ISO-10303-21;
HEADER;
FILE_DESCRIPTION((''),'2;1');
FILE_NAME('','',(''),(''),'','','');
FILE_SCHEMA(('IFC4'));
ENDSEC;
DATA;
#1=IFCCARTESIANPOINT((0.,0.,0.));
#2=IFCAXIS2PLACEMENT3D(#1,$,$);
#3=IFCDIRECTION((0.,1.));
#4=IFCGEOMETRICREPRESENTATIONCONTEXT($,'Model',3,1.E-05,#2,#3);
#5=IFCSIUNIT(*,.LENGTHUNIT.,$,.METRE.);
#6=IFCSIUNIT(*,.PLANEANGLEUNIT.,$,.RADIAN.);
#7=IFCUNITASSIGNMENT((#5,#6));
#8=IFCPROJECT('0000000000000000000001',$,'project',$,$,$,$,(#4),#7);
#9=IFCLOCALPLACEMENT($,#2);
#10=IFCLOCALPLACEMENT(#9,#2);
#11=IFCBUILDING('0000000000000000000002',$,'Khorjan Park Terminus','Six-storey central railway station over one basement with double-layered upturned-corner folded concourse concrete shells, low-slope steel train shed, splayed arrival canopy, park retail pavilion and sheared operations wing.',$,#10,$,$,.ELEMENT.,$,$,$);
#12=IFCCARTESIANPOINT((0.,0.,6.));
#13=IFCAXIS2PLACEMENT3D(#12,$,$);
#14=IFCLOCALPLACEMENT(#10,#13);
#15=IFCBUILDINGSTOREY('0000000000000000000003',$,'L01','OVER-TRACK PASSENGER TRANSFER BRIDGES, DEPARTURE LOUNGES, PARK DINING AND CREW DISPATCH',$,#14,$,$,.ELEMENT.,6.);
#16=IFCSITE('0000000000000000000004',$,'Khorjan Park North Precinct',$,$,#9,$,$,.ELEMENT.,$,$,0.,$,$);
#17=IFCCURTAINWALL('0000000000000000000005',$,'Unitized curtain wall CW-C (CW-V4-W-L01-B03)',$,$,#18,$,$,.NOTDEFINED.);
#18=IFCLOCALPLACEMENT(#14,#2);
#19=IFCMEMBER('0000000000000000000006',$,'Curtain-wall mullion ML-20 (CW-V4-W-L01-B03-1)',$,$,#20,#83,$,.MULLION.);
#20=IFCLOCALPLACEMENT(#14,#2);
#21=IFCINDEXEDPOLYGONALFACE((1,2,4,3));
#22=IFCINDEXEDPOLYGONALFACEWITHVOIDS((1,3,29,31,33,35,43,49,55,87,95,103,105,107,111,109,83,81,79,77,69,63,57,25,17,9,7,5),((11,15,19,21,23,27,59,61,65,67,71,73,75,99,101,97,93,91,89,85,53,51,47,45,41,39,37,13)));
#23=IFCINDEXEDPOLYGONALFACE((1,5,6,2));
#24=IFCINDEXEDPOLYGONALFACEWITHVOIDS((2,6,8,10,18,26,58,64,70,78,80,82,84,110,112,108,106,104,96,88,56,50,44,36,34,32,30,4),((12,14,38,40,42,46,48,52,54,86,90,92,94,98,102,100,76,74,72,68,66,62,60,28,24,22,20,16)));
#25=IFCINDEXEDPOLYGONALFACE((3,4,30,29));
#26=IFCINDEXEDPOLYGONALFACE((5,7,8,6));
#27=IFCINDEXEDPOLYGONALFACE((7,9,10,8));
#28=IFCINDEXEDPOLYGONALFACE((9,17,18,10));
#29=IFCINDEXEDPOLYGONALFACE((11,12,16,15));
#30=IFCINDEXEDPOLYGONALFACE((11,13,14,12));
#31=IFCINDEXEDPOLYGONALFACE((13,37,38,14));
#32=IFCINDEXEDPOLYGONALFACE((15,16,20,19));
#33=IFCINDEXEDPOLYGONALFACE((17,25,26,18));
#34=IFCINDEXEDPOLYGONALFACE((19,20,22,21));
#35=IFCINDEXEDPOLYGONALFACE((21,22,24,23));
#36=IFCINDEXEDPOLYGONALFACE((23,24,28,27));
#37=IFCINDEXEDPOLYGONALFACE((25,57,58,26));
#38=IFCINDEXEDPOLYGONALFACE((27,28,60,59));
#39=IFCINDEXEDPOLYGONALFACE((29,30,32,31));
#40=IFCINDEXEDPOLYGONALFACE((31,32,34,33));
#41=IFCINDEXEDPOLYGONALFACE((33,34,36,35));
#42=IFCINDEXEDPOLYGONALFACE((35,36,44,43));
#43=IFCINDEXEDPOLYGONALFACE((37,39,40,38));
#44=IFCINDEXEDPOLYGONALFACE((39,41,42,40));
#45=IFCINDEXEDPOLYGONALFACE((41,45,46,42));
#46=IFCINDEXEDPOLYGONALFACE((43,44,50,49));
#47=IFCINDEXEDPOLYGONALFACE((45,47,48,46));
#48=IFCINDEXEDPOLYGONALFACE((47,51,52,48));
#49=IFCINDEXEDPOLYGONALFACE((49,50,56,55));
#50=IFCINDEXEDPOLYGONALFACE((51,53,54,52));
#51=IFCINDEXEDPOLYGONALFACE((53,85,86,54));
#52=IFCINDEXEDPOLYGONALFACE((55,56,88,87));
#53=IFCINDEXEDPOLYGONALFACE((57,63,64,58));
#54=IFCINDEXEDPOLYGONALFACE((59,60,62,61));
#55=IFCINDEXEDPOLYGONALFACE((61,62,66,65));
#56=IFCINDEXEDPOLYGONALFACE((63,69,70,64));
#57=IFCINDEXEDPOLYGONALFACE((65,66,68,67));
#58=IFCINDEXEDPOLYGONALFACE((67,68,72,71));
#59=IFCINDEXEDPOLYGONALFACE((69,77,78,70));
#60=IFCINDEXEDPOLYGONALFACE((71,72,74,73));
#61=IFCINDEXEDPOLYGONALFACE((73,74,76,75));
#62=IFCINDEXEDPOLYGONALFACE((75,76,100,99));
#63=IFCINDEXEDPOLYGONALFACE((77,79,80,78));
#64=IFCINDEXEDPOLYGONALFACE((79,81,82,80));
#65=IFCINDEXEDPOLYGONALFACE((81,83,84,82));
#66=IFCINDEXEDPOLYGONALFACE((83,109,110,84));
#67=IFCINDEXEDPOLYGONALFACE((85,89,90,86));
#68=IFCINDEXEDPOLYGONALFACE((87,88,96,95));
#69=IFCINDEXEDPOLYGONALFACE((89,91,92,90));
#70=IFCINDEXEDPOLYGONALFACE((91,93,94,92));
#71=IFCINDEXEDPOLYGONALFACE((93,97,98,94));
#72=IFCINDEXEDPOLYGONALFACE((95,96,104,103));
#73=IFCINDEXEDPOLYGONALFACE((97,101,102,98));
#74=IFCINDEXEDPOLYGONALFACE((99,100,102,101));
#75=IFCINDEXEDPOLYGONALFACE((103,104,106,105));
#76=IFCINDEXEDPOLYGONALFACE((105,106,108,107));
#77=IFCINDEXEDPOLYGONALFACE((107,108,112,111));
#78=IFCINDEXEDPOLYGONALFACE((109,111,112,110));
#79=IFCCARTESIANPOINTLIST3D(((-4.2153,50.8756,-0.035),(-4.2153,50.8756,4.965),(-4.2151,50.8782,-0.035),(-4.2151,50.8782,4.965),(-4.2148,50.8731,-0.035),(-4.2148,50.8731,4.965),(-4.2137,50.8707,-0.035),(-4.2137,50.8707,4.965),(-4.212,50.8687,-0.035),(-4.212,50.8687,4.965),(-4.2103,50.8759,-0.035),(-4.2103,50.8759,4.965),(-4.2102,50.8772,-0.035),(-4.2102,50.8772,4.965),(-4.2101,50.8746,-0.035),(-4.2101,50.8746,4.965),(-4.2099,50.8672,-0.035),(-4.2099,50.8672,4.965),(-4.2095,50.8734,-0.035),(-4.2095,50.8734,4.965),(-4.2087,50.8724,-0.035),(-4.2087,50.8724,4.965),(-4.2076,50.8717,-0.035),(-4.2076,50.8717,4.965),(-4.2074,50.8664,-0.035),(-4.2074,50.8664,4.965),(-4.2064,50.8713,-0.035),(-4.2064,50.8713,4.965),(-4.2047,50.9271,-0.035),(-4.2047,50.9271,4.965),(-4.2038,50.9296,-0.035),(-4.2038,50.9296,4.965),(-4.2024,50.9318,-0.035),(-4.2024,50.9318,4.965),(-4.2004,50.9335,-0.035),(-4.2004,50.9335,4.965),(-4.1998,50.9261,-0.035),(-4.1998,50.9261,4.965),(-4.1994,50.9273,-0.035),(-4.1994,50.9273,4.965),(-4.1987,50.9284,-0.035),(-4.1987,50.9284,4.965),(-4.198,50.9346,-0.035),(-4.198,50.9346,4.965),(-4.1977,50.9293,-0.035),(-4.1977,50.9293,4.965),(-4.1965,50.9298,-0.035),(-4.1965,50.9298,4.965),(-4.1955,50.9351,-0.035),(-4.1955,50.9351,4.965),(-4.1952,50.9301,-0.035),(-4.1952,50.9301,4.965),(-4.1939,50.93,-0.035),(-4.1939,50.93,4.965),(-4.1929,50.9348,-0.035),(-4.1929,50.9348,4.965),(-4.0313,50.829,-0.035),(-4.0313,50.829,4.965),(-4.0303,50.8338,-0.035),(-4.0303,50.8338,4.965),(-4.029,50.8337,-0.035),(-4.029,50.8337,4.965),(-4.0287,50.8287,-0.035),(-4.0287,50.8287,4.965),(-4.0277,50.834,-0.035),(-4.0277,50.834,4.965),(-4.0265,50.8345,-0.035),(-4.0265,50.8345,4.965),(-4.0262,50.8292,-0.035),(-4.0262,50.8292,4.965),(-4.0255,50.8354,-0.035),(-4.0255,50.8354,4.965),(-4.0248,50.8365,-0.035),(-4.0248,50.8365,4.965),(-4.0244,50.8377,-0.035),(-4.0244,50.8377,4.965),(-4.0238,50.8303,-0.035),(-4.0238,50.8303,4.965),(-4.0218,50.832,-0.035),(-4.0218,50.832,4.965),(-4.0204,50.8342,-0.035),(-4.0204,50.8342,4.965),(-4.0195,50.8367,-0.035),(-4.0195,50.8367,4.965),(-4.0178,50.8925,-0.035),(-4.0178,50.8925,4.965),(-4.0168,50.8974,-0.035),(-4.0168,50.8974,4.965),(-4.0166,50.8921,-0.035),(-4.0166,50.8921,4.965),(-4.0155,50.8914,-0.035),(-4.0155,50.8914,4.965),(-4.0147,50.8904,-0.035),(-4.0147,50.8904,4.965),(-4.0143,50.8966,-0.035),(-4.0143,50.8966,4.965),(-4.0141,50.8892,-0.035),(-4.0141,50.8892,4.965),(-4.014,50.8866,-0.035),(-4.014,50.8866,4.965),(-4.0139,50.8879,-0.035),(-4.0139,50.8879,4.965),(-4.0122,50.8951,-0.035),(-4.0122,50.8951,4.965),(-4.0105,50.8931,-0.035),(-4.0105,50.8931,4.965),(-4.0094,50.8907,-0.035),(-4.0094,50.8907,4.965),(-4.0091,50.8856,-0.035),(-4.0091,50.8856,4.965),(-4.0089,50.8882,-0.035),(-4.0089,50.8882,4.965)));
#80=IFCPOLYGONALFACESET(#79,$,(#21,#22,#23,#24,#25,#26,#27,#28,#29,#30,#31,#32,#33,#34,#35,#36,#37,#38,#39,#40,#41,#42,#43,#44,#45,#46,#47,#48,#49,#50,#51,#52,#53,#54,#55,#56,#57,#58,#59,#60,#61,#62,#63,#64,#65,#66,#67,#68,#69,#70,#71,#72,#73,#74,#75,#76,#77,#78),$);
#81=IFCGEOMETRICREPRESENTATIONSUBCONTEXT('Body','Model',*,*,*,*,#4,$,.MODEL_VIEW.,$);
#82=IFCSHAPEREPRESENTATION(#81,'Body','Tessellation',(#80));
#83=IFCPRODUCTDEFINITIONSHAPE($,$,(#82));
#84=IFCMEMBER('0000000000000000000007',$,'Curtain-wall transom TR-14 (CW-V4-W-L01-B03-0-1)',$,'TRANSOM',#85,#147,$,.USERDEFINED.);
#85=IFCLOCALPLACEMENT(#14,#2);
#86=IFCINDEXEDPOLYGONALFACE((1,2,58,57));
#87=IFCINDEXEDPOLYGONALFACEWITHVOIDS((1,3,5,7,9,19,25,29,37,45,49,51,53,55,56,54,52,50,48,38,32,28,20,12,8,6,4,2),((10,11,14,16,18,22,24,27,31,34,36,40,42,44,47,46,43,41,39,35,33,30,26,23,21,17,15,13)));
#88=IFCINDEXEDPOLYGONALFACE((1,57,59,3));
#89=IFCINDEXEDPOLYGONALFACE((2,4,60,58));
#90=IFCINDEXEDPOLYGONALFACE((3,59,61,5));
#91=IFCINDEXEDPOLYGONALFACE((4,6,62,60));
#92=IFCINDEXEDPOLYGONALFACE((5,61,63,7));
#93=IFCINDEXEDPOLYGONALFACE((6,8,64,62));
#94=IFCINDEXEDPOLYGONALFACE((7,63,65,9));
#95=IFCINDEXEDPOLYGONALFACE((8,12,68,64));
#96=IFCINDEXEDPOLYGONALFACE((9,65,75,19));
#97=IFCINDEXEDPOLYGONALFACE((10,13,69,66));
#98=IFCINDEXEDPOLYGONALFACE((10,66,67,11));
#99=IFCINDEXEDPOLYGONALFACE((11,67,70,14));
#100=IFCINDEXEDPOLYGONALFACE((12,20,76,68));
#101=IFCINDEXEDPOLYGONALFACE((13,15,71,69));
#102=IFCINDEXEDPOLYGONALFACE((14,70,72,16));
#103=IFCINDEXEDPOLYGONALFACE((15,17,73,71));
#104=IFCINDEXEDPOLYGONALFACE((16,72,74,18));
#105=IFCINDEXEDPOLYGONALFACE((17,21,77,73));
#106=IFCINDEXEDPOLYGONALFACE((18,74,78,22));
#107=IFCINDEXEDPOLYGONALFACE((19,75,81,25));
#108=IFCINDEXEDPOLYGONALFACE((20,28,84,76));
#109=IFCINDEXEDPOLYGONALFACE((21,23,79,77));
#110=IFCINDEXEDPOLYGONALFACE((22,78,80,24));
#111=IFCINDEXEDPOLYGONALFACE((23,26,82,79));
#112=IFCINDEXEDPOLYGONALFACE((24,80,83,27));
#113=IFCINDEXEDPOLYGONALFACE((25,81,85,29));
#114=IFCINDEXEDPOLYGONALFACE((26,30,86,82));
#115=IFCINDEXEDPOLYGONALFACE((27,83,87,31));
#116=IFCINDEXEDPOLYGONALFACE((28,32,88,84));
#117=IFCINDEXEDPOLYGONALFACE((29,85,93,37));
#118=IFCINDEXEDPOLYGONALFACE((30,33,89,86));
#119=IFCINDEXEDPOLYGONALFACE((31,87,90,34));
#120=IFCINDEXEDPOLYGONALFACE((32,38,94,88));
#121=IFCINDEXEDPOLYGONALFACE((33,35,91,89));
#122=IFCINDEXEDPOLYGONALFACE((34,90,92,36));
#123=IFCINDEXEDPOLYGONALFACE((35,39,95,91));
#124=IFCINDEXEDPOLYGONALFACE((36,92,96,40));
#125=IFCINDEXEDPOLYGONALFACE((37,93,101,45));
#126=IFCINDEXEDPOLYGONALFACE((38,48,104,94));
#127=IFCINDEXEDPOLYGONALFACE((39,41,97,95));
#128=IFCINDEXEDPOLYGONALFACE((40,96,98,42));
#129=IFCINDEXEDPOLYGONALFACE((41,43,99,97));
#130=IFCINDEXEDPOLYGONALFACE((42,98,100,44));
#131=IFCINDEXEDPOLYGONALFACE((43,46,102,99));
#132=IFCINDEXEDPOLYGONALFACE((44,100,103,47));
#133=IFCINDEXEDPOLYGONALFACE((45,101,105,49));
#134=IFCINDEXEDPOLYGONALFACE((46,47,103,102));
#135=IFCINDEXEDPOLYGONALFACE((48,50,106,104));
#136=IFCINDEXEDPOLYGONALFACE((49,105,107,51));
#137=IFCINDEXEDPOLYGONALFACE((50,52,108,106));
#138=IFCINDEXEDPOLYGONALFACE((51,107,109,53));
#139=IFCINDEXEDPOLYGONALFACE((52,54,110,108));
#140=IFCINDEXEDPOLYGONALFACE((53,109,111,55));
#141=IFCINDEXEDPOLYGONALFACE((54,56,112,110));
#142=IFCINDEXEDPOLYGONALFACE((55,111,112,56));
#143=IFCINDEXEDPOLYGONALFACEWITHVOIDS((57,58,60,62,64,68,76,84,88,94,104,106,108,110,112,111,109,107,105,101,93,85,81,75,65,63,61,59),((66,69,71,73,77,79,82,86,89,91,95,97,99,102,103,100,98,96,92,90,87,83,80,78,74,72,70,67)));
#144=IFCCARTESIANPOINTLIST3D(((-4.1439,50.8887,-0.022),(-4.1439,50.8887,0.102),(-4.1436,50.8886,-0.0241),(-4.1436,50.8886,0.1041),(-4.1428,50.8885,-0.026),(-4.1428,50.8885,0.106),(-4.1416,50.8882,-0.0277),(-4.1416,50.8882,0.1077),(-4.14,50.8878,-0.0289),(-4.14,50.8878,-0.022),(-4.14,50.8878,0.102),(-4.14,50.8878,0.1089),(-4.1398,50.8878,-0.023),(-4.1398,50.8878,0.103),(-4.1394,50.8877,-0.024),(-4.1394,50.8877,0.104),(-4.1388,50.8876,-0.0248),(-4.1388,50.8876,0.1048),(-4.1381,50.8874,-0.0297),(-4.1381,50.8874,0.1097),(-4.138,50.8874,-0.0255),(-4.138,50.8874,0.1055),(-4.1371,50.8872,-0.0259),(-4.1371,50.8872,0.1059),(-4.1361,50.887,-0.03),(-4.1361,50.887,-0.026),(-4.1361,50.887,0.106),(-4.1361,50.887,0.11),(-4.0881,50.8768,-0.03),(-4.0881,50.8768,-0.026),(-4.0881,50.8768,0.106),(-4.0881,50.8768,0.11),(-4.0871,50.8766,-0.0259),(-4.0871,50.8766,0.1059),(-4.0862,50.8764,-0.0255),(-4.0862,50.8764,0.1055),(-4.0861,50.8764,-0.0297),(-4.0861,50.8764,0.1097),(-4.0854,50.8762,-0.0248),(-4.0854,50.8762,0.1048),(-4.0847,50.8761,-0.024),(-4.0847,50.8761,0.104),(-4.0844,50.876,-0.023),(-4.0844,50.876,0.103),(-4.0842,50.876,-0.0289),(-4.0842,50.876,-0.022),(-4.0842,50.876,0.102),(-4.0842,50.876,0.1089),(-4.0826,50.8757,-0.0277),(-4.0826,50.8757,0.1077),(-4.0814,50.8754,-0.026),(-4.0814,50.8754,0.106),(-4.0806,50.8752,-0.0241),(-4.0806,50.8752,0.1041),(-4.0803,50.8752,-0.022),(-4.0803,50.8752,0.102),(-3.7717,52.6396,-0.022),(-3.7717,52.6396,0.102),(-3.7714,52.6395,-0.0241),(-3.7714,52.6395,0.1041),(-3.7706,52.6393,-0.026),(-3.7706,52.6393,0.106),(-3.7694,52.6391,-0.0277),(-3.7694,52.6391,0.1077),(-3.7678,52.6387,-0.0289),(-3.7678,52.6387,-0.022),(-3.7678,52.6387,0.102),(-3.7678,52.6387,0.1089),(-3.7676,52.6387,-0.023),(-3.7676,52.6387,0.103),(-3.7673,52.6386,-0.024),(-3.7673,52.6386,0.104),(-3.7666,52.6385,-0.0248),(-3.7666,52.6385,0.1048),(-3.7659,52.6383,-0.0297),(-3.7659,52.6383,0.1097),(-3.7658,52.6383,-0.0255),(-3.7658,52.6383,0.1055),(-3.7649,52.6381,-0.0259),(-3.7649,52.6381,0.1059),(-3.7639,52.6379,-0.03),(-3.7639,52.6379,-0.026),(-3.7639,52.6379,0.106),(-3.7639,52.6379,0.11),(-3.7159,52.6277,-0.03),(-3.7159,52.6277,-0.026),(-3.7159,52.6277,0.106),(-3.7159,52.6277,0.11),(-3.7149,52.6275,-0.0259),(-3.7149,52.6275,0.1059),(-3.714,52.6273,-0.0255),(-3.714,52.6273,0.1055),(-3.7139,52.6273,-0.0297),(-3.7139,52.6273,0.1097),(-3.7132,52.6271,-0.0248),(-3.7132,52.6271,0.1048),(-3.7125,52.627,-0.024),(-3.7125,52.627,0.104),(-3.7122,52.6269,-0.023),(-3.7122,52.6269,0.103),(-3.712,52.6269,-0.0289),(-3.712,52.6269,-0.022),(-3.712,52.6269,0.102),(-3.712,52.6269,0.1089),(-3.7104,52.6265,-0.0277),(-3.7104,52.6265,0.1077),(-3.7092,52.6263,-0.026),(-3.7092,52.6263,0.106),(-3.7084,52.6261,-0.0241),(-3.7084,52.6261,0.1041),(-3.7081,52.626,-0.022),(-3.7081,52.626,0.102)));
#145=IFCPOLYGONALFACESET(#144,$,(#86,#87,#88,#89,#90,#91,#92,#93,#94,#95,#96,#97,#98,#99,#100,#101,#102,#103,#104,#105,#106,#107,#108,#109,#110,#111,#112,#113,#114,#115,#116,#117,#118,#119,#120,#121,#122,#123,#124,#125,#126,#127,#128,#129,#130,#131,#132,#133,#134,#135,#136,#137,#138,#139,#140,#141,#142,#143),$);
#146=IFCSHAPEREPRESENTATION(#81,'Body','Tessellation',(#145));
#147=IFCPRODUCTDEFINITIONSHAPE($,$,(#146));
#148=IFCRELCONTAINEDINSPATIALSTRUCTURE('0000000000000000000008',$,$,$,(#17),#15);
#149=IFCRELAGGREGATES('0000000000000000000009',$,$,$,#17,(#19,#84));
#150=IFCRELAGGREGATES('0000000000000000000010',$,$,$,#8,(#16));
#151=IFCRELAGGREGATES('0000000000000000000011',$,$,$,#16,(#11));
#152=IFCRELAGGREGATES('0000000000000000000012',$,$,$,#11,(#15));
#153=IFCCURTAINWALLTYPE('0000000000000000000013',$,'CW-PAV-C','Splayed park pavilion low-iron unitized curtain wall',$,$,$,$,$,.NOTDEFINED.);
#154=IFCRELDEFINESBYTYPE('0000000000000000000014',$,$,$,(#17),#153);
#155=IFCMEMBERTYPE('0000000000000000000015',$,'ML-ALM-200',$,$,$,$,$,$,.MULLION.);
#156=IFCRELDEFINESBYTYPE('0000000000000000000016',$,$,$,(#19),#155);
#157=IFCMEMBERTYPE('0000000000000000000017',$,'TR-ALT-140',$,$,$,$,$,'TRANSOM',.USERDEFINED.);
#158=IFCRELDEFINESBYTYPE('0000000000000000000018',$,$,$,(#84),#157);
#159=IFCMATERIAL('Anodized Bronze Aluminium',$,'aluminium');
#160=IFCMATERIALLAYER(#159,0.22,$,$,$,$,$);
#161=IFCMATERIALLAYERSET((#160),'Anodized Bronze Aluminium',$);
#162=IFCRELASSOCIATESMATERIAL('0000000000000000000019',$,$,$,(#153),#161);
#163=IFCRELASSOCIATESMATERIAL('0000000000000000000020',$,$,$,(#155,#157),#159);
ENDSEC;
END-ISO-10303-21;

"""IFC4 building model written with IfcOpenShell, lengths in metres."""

from ifc_helpers import new_model, si_unit, direction, frame, origin, origin_2d, place, context, subcontext, project, spatial, hollow_rectangle, extrude, material, layer, layer_set, material_profile, profile_set, type_object, element, aggregate, save


model = new_model("IFC4")

# Units and contexts
model_context = context("Model", 3, precision=1e-05, world=origin(), true_north=direction((0.0, 1.0)))
body_context = subcontext(model_context, "Body", "Model", "MODEL_VIEW")
ifc_project = project(units=[si_unit("LENGTHUNIT", "METRE"), si_unit("PLANEANGLEUNIT", "RADIAN")], contexts=[model_context])

# Site, building, storey
site_placement = place(None, origin())
site = spatial("IfcSite", under=ifc_project, at=site_placement, Name="Khorjan Park North Precinct", CompositionType="ELEMENT", RefElevation=0.0)
building_placement = place(site_placement, origin())
building = spatial("IfcBuilding", under=site, at=building_placement, Name="Khorjan Park Terminus", Description="Six-storey central railway station over one basement with double-layered upturned-corner folded concourse concrete shells, low-slope steel train shed, splayed arrival canopy, park retail pavilion and sheared operations wing.", CompositionType="ELEMENT")
storey_placement = place(building_placement, frame((0.0, 0.0, 6.0)))
storey = spatial("IfcBuildingStorey", under=building, at=storey_placement, Name="L01", Description="OVER-TRACK PASSENGER TRANSFER BRIDGES, DEPARTURE LOUNGES, PARK DINING AND CREW DISPATCH", CompositionType="ELEMENT", Elevation=6.0)

# Shared definitions
ifc_material_1 = material(Name="Anodized Bronze Aluminium", Category="aluminium")
ifc_layer_1 = layer(ifc_material_1, 0.22)
ifc_layer_set_1 = layer_set([ifc_layer_1], Name="Anodized Bronze Aluminium")
curtain_wall_type = type_object("IfcCurtainWallType", Name="CW-PAV-C", Description="Splayed park pavilion low-iron unitized curtain wall", PredefinedType="NOTDEFINED", material=ifc_layer_set_1)
ifc_material_profile_1 = material_profile(ifc_material_1, hollow_rectangle(XDim=0.07, YDim=0.2, WallThickness=0.005, InnerFilletRadius=0.005, OuterFilletRadius=0.01, at=origin_2d()), Name="ALM 70x200x5")
ifc_profile_set_1 = profile_set([ifc_material_profile_1], Name="Anodized Bronze Aluminium")
member_type_1 = type_object("IfcMemberType", Name="ML-ALM-200", PredefinedType="MULLION", material=ifc_profile_set_1)

# Curtain wall, members
curtain_wall_1_placement = place(storey_placement, origin())
curtain_wall_1 = element("IfcCurtainWall", 1, at=curtain_wall_1_placement, inside=storey, type_object=curtain_wall_type, Name="Unitized curtain wall CW-C (CW-V4-W-L01-B03)", PredefinedType="NOTDEFINED")
member_1_placement = place(storey_placement, frame((-4.1121, 50.8819, -0.035), z_axis=(0.0, 0.0, 1.0), x_axis=(-0.207918, -0.978146, 0.0)))
member_1 = element("IfcMember", 2, at=member_1_placement, type_object=member_type_1, Name="Curtain-wall mullion ML-20 (CW-V4-W-L01-B03-1)", PredefinedType="MULLION", context=body_context, shape_type="SweptSolid", body=[
    extrude(hollow_rectangle(XDim=0.07, YDim=0.2, WallThickness=0.005, InnerFilletRadius=0.005, OuterFilletRadius=0.01, at=origin_2d()), origin(), (0.0, 0.0, 1.0), 5.0),
])
ifc_material_profile_2 = material_profile(ifc_material_1, hollow_rectangle(XDim=0.065, YDim=0.14, WallThickness=0.004, InnerFilletRadius=0.004, OuterFilletRadius=0.008, at=origin_2d()), Name="ALT 65x140x4")
ifc_profile_set_2 = profile_set([ifc_material_profile_2], Name="Anodized Bronze Aluminium")
member_type_2 = type_object("IfcMemberType", Name="TR-ALT-140", ElementType="TRANSOM", PredefinedType="USERDEFINED", material=ifc_profile_set_2)
member_2_placement = place(storey_placement, frame((-3.7399, 52.6328, 0.04), z_axis=(-0.20793, -0.978144, 0.0), x_axis=(0.978144, -0.20793, 0.0)))
member_2 = element("IfcMember", 3, at=member_2_placement, type_object=member_type_2, Name="Curtain-wall transom TR-14 (CW-V4-W-L01-B03-0-1)", ObjectType="TRANSOM", PredefinedType="USERDEFINED", context=body_context, shape_type="SweptSolid", body=[
    extrude(hollow_rectangle(XDim=0.065, YDim=0.14, WallThickness=0.004, InnerFilletRadius=0.004, OuterFilletRadius=0.008, at=origin_2d()), origin(), (0.0, 0.0, 1.0), 1.79),
])

aggregate(curtain_wall_1, [member_1, member_2])

save(model, "model.ifc")
